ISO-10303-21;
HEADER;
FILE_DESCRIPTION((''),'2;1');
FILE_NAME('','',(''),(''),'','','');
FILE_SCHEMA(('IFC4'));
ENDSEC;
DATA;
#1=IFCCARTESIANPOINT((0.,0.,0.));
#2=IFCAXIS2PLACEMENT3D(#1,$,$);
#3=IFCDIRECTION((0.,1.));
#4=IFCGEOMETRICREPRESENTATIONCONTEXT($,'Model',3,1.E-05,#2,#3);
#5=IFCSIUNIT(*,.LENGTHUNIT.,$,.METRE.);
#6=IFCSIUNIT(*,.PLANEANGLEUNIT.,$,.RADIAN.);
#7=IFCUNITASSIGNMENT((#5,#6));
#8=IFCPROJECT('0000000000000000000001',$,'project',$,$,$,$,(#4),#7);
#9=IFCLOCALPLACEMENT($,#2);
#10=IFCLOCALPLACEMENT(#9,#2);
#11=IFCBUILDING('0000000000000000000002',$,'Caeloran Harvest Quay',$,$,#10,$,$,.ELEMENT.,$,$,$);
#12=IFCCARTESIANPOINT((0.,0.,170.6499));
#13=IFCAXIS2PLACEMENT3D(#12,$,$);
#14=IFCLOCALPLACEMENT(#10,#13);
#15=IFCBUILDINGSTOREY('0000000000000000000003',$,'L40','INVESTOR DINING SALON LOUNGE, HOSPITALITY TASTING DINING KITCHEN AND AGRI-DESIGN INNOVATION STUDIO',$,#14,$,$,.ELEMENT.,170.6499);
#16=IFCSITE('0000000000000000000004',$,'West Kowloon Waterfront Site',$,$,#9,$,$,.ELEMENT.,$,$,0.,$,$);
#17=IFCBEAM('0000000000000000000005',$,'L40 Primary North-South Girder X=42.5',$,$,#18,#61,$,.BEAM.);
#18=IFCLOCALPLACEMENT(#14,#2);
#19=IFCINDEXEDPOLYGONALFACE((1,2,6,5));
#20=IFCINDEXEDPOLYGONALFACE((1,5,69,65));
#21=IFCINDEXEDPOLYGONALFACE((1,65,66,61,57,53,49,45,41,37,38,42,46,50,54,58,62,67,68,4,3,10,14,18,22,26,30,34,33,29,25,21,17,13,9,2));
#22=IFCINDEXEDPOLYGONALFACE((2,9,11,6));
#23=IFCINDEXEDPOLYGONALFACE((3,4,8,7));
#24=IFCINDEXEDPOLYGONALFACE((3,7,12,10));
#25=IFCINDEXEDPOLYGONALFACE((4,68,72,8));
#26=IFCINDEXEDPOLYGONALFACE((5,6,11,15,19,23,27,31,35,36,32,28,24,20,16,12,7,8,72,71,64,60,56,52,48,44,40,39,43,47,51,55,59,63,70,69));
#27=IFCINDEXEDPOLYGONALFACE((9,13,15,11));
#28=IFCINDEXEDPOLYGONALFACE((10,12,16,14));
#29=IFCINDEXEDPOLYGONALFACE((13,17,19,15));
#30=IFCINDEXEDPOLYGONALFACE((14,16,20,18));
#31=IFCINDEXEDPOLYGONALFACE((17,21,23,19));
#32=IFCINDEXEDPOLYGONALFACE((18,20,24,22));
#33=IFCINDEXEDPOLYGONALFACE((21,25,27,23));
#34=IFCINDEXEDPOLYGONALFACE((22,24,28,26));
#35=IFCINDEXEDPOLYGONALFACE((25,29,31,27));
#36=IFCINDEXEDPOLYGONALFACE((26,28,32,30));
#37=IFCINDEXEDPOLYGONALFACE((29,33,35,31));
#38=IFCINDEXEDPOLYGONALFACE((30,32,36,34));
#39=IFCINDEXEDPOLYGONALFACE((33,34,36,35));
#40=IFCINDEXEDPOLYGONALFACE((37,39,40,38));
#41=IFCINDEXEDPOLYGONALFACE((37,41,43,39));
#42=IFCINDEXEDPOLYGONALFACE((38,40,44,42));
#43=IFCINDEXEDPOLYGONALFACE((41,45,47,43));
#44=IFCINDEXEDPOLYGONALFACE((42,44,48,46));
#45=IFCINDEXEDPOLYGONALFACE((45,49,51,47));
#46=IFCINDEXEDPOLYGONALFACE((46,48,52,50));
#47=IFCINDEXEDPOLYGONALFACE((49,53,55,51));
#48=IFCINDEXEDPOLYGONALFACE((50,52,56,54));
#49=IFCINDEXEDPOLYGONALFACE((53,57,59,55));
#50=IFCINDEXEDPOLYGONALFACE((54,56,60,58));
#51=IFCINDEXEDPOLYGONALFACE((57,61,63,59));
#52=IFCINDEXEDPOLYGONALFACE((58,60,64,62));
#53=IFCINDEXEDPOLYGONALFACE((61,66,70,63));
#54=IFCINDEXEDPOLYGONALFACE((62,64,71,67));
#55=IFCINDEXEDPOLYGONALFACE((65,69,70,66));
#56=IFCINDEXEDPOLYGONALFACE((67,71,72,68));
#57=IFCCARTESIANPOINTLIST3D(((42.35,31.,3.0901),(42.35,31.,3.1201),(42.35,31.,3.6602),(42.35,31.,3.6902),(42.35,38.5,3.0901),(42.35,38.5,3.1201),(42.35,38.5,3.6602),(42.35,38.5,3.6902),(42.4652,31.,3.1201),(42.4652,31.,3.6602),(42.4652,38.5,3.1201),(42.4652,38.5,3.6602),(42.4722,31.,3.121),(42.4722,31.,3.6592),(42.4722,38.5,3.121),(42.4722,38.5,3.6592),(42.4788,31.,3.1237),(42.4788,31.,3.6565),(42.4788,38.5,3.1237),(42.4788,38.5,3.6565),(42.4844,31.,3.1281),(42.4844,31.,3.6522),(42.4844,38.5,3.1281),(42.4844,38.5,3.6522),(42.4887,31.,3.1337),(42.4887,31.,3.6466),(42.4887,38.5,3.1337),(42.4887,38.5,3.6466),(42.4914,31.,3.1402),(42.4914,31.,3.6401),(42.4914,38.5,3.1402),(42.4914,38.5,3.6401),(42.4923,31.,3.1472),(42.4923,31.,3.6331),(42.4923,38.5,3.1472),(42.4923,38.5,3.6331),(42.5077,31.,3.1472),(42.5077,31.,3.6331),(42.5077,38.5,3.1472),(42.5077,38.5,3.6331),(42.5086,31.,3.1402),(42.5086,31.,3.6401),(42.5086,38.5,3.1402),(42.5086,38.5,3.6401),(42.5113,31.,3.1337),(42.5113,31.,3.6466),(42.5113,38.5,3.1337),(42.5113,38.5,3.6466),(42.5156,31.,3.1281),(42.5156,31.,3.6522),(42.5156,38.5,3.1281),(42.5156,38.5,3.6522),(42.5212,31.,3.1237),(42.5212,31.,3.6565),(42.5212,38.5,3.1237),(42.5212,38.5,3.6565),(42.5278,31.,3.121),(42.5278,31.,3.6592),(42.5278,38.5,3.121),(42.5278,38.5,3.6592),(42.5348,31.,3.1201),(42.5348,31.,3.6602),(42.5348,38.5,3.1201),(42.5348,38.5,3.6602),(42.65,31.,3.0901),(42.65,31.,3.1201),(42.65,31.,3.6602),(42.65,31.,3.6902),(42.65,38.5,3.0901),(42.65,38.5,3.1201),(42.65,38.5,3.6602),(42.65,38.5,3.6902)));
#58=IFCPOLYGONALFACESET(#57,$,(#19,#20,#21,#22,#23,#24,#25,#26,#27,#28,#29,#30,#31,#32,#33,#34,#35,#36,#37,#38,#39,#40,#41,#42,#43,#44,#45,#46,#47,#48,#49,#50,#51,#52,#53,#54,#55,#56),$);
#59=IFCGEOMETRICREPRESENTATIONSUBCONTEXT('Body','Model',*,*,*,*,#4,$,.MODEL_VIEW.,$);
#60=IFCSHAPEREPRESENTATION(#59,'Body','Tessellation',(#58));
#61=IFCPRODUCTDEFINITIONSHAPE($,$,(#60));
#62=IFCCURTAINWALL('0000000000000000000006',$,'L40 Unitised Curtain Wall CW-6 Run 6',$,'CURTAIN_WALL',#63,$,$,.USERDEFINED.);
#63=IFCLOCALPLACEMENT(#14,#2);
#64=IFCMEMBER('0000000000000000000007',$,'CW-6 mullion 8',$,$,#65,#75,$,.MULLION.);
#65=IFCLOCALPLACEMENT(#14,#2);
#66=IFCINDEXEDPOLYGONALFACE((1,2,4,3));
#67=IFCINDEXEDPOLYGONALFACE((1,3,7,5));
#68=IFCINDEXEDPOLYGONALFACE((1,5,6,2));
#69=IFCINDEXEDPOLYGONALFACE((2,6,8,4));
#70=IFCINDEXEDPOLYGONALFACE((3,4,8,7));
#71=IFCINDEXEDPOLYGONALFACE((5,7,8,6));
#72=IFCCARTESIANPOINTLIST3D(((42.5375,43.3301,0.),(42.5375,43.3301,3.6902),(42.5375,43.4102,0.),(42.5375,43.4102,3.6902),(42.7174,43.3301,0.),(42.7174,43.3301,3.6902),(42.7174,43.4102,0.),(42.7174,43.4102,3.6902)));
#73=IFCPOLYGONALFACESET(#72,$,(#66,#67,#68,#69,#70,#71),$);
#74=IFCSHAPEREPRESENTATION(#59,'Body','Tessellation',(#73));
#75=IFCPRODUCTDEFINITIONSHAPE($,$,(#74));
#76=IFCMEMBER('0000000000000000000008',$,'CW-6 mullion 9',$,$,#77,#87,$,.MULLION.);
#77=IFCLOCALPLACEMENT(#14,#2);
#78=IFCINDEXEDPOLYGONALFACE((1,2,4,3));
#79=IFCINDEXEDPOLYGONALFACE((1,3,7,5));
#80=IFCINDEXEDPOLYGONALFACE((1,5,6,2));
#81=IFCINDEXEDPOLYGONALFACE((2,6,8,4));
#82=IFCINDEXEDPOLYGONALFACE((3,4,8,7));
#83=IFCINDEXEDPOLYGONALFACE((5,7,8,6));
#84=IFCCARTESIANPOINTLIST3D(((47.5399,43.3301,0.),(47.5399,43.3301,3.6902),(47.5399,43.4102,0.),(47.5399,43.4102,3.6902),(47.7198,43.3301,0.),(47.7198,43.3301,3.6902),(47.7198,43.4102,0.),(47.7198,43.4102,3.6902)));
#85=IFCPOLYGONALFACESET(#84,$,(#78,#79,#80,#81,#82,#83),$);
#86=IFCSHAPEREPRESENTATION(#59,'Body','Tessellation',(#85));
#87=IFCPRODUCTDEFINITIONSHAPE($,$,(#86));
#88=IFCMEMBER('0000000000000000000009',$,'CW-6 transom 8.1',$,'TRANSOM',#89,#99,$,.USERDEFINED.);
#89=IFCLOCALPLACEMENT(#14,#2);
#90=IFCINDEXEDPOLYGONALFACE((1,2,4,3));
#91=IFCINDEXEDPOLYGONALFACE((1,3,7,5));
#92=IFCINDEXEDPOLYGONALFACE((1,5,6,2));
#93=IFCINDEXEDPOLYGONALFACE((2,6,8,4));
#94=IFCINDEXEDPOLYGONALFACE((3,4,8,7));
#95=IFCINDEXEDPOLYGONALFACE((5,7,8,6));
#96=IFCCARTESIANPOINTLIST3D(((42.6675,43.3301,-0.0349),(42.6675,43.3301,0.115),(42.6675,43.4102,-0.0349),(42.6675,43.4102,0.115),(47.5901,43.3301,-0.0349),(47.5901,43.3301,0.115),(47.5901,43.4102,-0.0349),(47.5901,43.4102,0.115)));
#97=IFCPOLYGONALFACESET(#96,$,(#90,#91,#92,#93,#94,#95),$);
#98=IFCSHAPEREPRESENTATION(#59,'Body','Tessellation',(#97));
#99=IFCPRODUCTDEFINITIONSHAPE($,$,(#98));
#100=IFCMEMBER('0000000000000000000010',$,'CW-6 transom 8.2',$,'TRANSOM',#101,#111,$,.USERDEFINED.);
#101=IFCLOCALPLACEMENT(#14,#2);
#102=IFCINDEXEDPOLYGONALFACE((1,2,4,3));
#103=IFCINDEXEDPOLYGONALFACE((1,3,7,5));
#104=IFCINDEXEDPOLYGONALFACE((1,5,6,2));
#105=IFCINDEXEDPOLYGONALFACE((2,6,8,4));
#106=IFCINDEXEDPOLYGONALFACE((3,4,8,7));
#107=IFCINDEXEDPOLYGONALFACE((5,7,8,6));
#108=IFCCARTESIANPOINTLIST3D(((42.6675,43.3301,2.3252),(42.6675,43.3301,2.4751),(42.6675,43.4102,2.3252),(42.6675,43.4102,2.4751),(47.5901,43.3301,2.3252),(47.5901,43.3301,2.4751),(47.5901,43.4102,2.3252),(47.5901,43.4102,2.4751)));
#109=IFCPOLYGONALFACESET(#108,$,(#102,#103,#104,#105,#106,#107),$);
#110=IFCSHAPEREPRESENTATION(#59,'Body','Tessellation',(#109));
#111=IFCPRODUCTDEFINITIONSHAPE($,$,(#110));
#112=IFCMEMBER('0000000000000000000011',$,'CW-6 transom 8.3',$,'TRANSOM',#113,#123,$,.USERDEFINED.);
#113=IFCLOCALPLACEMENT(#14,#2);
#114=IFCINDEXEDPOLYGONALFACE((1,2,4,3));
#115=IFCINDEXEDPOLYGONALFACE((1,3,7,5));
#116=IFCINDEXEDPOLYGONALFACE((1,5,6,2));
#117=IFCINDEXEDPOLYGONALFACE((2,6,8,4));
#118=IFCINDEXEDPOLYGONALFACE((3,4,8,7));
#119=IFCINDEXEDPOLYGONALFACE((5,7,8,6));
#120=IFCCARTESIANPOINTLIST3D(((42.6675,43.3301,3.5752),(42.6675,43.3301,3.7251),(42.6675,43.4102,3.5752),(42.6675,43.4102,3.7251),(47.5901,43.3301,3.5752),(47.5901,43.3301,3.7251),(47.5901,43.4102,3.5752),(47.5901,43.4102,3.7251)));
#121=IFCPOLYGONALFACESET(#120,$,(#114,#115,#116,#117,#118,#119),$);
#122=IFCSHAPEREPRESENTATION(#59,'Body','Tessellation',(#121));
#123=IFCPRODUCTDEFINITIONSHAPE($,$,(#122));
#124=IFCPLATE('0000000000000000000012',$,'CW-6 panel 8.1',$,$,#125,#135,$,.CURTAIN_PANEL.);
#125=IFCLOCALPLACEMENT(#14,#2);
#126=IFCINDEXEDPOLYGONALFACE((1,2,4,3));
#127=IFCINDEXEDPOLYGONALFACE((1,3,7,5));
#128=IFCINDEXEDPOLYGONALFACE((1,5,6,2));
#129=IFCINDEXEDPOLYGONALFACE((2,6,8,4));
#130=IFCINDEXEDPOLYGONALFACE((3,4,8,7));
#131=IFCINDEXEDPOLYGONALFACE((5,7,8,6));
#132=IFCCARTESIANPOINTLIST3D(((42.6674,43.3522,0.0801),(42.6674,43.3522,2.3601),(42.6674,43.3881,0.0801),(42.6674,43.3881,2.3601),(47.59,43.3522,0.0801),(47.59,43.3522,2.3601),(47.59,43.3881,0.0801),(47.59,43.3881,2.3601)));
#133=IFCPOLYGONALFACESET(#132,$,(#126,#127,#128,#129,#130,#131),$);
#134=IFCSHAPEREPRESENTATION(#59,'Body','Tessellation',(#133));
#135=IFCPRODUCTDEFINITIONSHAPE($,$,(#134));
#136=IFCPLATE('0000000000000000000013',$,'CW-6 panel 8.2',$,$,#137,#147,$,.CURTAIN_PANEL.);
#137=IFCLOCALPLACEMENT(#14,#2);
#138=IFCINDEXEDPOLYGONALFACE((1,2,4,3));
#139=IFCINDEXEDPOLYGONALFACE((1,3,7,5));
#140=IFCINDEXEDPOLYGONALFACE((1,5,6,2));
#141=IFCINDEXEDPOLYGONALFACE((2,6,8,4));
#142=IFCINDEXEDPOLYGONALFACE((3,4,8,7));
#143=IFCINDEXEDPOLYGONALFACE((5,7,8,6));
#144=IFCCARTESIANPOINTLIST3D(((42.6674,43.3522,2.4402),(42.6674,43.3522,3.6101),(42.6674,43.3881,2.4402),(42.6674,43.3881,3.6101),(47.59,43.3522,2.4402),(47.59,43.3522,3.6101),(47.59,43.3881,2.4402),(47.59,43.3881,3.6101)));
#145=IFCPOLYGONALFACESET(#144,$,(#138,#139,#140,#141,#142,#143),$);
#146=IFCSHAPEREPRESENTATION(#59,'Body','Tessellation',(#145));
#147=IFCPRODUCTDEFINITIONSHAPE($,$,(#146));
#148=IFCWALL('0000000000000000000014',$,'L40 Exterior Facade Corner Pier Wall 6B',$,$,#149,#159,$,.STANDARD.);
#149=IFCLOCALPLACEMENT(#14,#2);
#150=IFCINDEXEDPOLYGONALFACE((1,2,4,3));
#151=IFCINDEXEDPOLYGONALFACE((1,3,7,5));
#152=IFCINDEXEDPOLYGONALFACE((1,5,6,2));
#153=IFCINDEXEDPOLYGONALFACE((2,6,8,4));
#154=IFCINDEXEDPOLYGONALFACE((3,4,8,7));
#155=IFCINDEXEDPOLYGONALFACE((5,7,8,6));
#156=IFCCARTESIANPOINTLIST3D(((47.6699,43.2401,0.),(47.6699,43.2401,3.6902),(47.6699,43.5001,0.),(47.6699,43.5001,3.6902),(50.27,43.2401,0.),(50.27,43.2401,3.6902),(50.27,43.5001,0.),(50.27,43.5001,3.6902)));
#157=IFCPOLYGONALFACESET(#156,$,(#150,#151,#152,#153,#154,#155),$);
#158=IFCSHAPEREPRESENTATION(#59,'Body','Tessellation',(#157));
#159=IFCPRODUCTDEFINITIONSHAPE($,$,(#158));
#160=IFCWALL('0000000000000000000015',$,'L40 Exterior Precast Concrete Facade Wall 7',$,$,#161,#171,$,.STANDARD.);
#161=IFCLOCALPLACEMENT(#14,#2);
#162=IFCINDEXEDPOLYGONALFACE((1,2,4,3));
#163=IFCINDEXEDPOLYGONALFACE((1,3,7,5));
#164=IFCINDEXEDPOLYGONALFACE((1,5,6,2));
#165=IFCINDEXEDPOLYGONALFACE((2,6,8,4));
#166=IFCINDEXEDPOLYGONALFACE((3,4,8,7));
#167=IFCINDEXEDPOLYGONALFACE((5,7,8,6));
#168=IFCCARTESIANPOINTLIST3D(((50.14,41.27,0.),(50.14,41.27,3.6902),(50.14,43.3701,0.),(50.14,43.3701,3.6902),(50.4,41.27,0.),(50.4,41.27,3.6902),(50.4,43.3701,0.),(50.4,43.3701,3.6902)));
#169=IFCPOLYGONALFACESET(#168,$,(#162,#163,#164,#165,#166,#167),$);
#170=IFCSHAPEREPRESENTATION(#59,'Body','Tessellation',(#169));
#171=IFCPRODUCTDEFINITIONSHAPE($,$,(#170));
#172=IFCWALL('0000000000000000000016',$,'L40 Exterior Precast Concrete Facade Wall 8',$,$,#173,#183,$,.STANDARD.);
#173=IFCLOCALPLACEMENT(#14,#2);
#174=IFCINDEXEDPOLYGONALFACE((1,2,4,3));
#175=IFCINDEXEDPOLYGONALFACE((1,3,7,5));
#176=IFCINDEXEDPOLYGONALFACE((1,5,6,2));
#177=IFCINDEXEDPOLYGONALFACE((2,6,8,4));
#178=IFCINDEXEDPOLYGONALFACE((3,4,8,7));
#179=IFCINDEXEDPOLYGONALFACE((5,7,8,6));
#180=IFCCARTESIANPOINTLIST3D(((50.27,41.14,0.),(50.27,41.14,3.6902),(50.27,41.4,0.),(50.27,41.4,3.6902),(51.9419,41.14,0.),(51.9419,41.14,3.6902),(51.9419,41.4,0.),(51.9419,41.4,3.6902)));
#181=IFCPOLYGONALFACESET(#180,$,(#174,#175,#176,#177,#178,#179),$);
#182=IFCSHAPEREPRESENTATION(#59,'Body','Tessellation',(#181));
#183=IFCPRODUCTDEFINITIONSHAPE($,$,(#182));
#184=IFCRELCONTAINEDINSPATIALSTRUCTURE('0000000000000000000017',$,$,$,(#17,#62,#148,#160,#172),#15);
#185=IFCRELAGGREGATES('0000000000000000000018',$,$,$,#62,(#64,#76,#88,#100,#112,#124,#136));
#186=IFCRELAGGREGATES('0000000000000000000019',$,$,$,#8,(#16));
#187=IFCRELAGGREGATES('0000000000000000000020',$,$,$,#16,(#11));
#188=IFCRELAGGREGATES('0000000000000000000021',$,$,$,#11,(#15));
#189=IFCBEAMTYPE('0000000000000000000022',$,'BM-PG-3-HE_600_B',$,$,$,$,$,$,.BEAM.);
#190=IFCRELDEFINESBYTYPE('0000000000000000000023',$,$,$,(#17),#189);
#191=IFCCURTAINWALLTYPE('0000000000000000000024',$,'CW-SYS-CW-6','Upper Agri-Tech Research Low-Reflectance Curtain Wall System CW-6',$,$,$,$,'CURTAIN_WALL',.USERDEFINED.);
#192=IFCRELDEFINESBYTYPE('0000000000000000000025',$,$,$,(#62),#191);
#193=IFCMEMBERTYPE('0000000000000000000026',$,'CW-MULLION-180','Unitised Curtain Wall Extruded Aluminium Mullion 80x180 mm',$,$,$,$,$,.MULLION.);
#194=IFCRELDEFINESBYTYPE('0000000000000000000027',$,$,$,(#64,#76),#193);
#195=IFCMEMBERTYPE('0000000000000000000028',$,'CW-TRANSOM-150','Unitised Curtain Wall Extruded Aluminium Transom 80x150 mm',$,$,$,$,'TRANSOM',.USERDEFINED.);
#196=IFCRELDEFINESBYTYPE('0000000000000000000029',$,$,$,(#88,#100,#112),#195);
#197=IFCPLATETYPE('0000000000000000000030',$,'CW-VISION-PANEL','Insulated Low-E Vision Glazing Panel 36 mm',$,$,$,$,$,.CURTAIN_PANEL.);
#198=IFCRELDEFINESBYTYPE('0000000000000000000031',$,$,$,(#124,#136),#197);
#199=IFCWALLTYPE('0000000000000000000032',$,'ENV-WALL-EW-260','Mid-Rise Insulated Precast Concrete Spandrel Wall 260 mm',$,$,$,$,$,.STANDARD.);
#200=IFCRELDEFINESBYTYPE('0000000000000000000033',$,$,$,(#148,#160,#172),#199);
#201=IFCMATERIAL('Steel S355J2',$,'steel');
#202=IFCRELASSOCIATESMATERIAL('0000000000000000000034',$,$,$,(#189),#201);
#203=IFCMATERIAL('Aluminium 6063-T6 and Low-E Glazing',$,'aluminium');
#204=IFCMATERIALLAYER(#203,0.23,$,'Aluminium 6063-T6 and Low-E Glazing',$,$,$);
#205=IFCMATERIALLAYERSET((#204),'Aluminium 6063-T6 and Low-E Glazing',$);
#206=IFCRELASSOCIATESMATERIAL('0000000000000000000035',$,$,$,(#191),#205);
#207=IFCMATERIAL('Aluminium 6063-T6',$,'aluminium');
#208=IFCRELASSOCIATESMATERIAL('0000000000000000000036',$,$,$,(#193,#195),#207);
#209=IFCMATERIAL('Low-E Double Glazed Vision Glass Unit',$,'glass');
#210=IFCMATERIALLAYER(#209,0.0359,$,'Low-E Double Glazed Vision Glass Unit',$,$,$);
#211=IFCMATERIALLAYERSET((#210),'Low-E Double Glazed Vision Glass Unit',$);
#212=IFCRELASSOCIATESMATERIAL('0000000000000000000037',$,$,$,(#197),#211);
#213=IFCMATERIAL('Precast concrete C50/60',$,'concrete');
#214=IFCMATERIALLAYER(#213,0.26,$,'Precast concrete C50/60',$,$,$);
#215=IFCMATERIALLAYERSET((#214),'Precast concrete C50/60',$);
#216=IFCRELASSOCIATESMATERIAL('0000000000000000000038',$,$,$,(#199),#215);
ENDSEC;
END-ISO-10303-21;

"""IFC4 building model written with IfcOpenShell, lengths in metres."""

from ifc_helpers import new_model, si_unit, direction, frame, frame_2d, origin, origin_2d, place, context, subcontext, project, spatial, rectangle, i_section, extrude, material, layer, layer_set, material_profile, profile_set, type_object, element, aggregate, save


model = new_model("IFC4")

# Units and contexts
model_context = context("Model", 3, precision=1e-05, world=origin(), true_north=direction((0.0, 1.0)))
body_context = subcontext(model_context, "Body", "Model", "MODEL_VIEW")
ifc_project = project(units=[si_unit("LENGTHUNIT", "METRE"), si_unit("PLANEANGLEUNIT", "RADIAN")], contexts=[model_context])

# Site, building, storey
site_placement = place(None, origin())
site = spatial("IfcSite", under=ifc_project, at=site_placement, Name="West Kowloon Waterfront Site", CompositionType="ELEMENT", RefElevation=0.0)
building_placement = place(site_placement, origin())
building = spatial("IfcBuilding", under=site, at=building_placement, Name="Caeloran Harvest Quay", CompositionType="ELEMENT")
storey_placement = place(building_placement, frame((0.0, 0.0, 170.6499)))
storey = spatial("IfcBuildingStorey", under=building, at=storey_placement, Name="L40", Description="INVESTOR DINING SALON LOUNGE, HOSPITALITY TASTING DINING KITCHEN AND AGRI-DESIGN INNOVATION STUDIO", CompositionType="ELEMENT", Elevation=170.6499)

# Beam
ifc_material_1 = material(Name="Steel S355J2", Category="steel")
ifc_material_profile_1 = material_profile(ifc_material_1, i_section(OverallWidth=0.3, OverallDepth=0.6001, WebThickness=0.0154, FlangeThickness=0.03, FilletRadius=0.0271, at=origin_2d()), Name="HE 600 B")
ifc_profile_set_1 = profile_set([ifc_material_profile_1], Name="Steel S355J2")
beam_type = type_object("IfcBeamType", Name="BM-PG-3-HE_600_B", PredefinedType="BEAM", material=ifc_profile_set_1)
beam_1_placement = place(storey_placement, frame((42.5, 31.0, 3.3901), z_axis=(0.0, 1.0, 0.0), x_axis=(-1.0, 0.0, 0.0)))
element("IfcBeam", 1, at=beam_1_placement, inside=storey, type_object=beam_type, Name="L40 Primary North-South Girder X=42.5", PredefinedType="BEAM", context=body_context, shape_type="SweptSolid", body=[
    extrude(i_section(OverallWidth=0.3, OverallDepth=0.6001, WebThickness=0.0154, FlangeThickness=0.03, FilletRadius=0.0271, at=origin_2d()), origin(), (0.0, 0.0, 1.0), 7.5),
])

# Curtain wall, members, plates
ifc_material_2 = material(Name="Aluminium 6063-T6 and Low-E Glazing", Category="aluminium")
ifc_layer_1 = layer(ifc_material_2, 0.23, Name="Aluminium 6063-T6 and Low-E Glazing")
ifc_layer_set_1 = layer_set([ifc_layer_1], Name="Aluminium 6063-T6 and Low-E Glazing")
curtain_wall_type = type_object("IfcCurtainWallType", Name="CW-SYS-CW-6", Description="Upper Agri-Tech Research Low-Reflectance Curtain Wall System CW-6", ElementType="CURTAIN_WALL", PredefinedType="USERDEFINED", material=ifc_layer_set_1)
curtain_wall_placement = place(storey_placement, origin())
curtain_wall = element("IfcCurtainWall", 2, at=curtain_wall_placement, inside=storey, type_object=curtain_wall_type, Name="L40 Unitised Curtain Wall CW-6 Run 6", ObjectType="CURTAIN_WALL", PredefinedType="USERDEFINED")
ifc_material_3 = material(Name="Aluminium 6063-T6", Category="aluminium")
ifc_material_profile_2 = material_profile(ifc_material_3, rectangle(XDim=0.0801, YDim=0.1799, at=origin_2d()), Name="CW-MULLION-180")
ifc_profile_set_2 = profile_set([ifc_material_profile_2], Name="Aluminium 6063-T6")
member_type_1 = type_object("IfcMemberType", Name="CW-MULLION-180", Description="Unitised Curtain Wall Extruded Aluminium Mullion 80x180 mm", PredefinedType="MULLION", material=ifc_profile_set_2)
member_1_placement = place(storey_placement, frame((42.6274, 43.3701, 0.0), z_axis=(0.0, 0.0, 1.0), x_axis=(0.0, 1.0, 0.0)))
member_1 = element("IfcMember", 3, at=member_1_placement, type_object=member_type_1, Name="CW-6 mullion 8", PredefinedType="MULLION", context=body_context, shape_type="SweptSolid", body=[
    extrude(rectangle(XDim=0.0801, YDim=0.1799, at=origin_2d()), origin(), (0.0, 0.0, 1.0), 3.6902),
])
member_2_placement = place(storey_placement, frame((47.6299, 43.3701, 0.0), z_axis=(0.0, 0.0, 1.0), x_axis=(0.0, 1.0, 0.0)))
member_2 = element("IfcMember", 4, at=member_2_placement, type_object=member_type_1, Name="CW-6 mullion 9", PredefinedType="MULLION", context=body_context, shape_type="SweptSolid", body=[
    extrude(rectangle(XDim=0.0801, YDim=0.1799, at=origin_2d()), origin(), (0.0, 0.0, 1.0), 3.6902),
])
ifc_material_profile_3 = material_profile(ifc_material_3, rectangle(XDim=0.0801, YDim=0.1499, at=origin_2d()), Name="CW-TRANSOM-150")
ifc_profile_set_3 = profile_set([ifc_material_profile_3], Name="Aluminium 6063-T6")
member_type_2 = type_object("IfcMemberType", Name="CW-TRANSOM-150", Description="Unitised Curtain Wall Extruded Aluminium Transom 80x150 mm", ElementType="TRANSOM", PredefinedType="USERDEFINED", material=ifc_profile_set_3)
member_3_placement = place(storey_placement, frame((42.6675, 43.3701, 0.04), z_axis=(1.0, 0.0, 0.0), x_axis=(0.0, 1.0, 0.0)))
member_3 = element("IfcMember", 5, at=member_3_placement, type_object=member_type_2, Name="CW-6 transom 8.1", ObjectType="TRANSOM", PredefinedType="USERDEFINED", context=body_context, shape_type="SweptSolid", body=[
    extrude(rectangle(XDim=0.0801, YDim=0.1499, at=origin_2d()), origin(), (0.0, 0.0, 1.0), 4.9226),
])
member_4_placement = place(storey_placement, frame((42.6675, 43.3701, 2.4001), z_axis=(1.0, 0.0, 0.0), x_axis=(0.0, 1.0, 0.0)))
member_4 = element("IfcMember", 6, at=member_4_placement, type_object=member_type_2, Name="CW-6 transom 8.2", ObjectType="TRANSOM", PredefinedType="USERDEFINED", context=body_context, shape_type="SweptSolid", body=[
    extrude(rectangle(XDim=0.0801, YDim=0.1499, at=origin_2d()), origin(), (0.0, 0.0, 1.0), 4.9226),
])
member_5_placement = place(storey_placement, frame((42.6675, 43.3701, 3.6501), z_axis=(1.0, 0.0, 0.0), x_axis=(0.0, 1.0, 0.0)))
member_5 = element("IfcMember", 7, at=member_5_placement, type_object=member_type_2, Name="CW-6 transom 8.3", ObjectType="TRANSOM", PredefinedType="USERDEFINED", context=body_context, shape_type="SweptSolid", body=[
    extrude(rectangle(XDim=0.0801, YDim=0.1499, at=origin_2d()), origin(), (0.0, 0.0, 1.0), 4.9226),
])
ifc_material_4 = material(Name="Low-E Double Glazed Vision Glass Unit", Category="glass")
ifc_layer_2 = layer(ifc_material_4, 0.0359, Name="Low-E Double Glazed Vision Glass Unit")
ifc_layer_set_2 = layer_set([ifc_layer_2], Name="Low-E Double Glazed Vision Glass Unit")
plate_type = type_object("IfcPlateType", Name="CW-VISION-PANEL", Description="Insulated Low-E Vision Glazing Panel 36 mm", PredefinedType="CURTAIN_PANEL", material=ifc_layer_set_2)
plate_1_placement = place(storey_placement, frame((45.1287, 43.3701, 0.0801), z_axis=(0.0, 0.0, 1.0), x_axis=(1.0, 0.0, 0.0)))
plate_1 = element("IfcPlate", 8, at=plate_1_placement, type_object=plate_type, Name="CW-6 panel 8.1", PredefinedType="CURTAIN_PANEL", context=body_context, shape_type="SweptSolid", body=[
    extrude(rectangle(XDim=4.9226, YDim=0.0359, at=origin_2d()), origin(), (0.0, 0.0, 1.0), 2.28),
])
plate_2_placement = place(storey_placement, frame((45.1287, 43.3701, 2.4402), z_axis=(0.0, 0.0, 1.0), x_axis=(1.0, 0.0, 0.0)))
plate_2 = element("IfcPlate", 9, at=plate_2_placement, type_object=plate_type, Name="CW-6 panel 8.2", PredefinedType="CURTAIN_PANEL", context=body_context, shape_type="SweptSolid", body=[
    extrude(rectangle(XDim=4.9226, YDim=0.0359, at=origin_2d()), origin(), (0.0, 0.0, 1.0), 1.1699),
])
aggregate(curtain_wall, [member_1, member_2, member_3, member_4, member_5, plate_1, plate_2])

# Walls
ifc_material_5 = material(Name="Precast concrete C50/60", Category="concrete")
ifc_layer_3 = layer(ifc_material_5, 0.26, Name="Precast concrete C50/60")
ifc_layer_set_3 = layer_set([ifc_layer_3], Name="Precast concrete C50/60")
wall_type_1 = type_object("IfcWallType", Name="ENV-WALL-EW-260", Description="Mid-Rise Insulated Precast Concrete Spandrel Wall 260 mm", PredefinedType="STANDARD", material=ifc_layer_set_3)
wall_1_placement = place(storey_placement, frame((47.6699, 43.3701, 0.0), z_axis=(0.0, 0.0, 1.0), x_axis=(1.0, 0.0, 0.0)))
element("IfcWall", 10, at=wall_1_placement, inside=storey, type_object=wall_type_1, Name="L40 Exterior Facade Corner Pier Wall 6B", PredefinedType="STANDARD", context=body_context, shape_type="SweptSolid", body=[
    extrude(rectangle(XDim=2.6001, YDim=0.26, at=frame_2d((1.3, 0.0))), origin(), (0.0, 0.0, 1.0), 3.6902),
])
wall_2_placement = place(storey_placement, frame((50.27, 43.3701, 0.0), z_axis=(0.0, 0.0, 1.0), x_axis=(0.0, -1.0, 0.0)))
element("IfcWall", 11, at=wall_2_placement, inside=storey, type_object=wall_type_1, Name="L40 Exterior Precast Concrete Facade Wall 7", PredefinedType="STANDARD", context=body_context, shape_type="SweptSolid", body=[
    extrude(rectangle(XDim=2.1001, YDim=0.26, at=frame_2d((1.05, 0.0))), origin(), (0.0, 0.0, 1.0), 3.6902),
])
wall_3_placement = place(storey_placement, frame((50.27, 41.27, 0.0), z_axis=(0.0, 0.0, 1.0), x_axis=(1.0, 0.0, 0.0)))
element("IfcWall", 12, at=wall_3_placement, inside=storey, type_object=wall_type_1, Name="L40 Exterior Precast Concrete Facade Wall 8", PredefinedType="STANDARD", context=body_context, shape_type="SweptSolid", body=[
    extrude(rectangle(XDim=1.6719, YDim=0.26, at=frame_2d((0.8359, 0.0))), origin(), (0.0, 0.0, 1.0), 3.6902),
])

save(model, "model.ifc")
